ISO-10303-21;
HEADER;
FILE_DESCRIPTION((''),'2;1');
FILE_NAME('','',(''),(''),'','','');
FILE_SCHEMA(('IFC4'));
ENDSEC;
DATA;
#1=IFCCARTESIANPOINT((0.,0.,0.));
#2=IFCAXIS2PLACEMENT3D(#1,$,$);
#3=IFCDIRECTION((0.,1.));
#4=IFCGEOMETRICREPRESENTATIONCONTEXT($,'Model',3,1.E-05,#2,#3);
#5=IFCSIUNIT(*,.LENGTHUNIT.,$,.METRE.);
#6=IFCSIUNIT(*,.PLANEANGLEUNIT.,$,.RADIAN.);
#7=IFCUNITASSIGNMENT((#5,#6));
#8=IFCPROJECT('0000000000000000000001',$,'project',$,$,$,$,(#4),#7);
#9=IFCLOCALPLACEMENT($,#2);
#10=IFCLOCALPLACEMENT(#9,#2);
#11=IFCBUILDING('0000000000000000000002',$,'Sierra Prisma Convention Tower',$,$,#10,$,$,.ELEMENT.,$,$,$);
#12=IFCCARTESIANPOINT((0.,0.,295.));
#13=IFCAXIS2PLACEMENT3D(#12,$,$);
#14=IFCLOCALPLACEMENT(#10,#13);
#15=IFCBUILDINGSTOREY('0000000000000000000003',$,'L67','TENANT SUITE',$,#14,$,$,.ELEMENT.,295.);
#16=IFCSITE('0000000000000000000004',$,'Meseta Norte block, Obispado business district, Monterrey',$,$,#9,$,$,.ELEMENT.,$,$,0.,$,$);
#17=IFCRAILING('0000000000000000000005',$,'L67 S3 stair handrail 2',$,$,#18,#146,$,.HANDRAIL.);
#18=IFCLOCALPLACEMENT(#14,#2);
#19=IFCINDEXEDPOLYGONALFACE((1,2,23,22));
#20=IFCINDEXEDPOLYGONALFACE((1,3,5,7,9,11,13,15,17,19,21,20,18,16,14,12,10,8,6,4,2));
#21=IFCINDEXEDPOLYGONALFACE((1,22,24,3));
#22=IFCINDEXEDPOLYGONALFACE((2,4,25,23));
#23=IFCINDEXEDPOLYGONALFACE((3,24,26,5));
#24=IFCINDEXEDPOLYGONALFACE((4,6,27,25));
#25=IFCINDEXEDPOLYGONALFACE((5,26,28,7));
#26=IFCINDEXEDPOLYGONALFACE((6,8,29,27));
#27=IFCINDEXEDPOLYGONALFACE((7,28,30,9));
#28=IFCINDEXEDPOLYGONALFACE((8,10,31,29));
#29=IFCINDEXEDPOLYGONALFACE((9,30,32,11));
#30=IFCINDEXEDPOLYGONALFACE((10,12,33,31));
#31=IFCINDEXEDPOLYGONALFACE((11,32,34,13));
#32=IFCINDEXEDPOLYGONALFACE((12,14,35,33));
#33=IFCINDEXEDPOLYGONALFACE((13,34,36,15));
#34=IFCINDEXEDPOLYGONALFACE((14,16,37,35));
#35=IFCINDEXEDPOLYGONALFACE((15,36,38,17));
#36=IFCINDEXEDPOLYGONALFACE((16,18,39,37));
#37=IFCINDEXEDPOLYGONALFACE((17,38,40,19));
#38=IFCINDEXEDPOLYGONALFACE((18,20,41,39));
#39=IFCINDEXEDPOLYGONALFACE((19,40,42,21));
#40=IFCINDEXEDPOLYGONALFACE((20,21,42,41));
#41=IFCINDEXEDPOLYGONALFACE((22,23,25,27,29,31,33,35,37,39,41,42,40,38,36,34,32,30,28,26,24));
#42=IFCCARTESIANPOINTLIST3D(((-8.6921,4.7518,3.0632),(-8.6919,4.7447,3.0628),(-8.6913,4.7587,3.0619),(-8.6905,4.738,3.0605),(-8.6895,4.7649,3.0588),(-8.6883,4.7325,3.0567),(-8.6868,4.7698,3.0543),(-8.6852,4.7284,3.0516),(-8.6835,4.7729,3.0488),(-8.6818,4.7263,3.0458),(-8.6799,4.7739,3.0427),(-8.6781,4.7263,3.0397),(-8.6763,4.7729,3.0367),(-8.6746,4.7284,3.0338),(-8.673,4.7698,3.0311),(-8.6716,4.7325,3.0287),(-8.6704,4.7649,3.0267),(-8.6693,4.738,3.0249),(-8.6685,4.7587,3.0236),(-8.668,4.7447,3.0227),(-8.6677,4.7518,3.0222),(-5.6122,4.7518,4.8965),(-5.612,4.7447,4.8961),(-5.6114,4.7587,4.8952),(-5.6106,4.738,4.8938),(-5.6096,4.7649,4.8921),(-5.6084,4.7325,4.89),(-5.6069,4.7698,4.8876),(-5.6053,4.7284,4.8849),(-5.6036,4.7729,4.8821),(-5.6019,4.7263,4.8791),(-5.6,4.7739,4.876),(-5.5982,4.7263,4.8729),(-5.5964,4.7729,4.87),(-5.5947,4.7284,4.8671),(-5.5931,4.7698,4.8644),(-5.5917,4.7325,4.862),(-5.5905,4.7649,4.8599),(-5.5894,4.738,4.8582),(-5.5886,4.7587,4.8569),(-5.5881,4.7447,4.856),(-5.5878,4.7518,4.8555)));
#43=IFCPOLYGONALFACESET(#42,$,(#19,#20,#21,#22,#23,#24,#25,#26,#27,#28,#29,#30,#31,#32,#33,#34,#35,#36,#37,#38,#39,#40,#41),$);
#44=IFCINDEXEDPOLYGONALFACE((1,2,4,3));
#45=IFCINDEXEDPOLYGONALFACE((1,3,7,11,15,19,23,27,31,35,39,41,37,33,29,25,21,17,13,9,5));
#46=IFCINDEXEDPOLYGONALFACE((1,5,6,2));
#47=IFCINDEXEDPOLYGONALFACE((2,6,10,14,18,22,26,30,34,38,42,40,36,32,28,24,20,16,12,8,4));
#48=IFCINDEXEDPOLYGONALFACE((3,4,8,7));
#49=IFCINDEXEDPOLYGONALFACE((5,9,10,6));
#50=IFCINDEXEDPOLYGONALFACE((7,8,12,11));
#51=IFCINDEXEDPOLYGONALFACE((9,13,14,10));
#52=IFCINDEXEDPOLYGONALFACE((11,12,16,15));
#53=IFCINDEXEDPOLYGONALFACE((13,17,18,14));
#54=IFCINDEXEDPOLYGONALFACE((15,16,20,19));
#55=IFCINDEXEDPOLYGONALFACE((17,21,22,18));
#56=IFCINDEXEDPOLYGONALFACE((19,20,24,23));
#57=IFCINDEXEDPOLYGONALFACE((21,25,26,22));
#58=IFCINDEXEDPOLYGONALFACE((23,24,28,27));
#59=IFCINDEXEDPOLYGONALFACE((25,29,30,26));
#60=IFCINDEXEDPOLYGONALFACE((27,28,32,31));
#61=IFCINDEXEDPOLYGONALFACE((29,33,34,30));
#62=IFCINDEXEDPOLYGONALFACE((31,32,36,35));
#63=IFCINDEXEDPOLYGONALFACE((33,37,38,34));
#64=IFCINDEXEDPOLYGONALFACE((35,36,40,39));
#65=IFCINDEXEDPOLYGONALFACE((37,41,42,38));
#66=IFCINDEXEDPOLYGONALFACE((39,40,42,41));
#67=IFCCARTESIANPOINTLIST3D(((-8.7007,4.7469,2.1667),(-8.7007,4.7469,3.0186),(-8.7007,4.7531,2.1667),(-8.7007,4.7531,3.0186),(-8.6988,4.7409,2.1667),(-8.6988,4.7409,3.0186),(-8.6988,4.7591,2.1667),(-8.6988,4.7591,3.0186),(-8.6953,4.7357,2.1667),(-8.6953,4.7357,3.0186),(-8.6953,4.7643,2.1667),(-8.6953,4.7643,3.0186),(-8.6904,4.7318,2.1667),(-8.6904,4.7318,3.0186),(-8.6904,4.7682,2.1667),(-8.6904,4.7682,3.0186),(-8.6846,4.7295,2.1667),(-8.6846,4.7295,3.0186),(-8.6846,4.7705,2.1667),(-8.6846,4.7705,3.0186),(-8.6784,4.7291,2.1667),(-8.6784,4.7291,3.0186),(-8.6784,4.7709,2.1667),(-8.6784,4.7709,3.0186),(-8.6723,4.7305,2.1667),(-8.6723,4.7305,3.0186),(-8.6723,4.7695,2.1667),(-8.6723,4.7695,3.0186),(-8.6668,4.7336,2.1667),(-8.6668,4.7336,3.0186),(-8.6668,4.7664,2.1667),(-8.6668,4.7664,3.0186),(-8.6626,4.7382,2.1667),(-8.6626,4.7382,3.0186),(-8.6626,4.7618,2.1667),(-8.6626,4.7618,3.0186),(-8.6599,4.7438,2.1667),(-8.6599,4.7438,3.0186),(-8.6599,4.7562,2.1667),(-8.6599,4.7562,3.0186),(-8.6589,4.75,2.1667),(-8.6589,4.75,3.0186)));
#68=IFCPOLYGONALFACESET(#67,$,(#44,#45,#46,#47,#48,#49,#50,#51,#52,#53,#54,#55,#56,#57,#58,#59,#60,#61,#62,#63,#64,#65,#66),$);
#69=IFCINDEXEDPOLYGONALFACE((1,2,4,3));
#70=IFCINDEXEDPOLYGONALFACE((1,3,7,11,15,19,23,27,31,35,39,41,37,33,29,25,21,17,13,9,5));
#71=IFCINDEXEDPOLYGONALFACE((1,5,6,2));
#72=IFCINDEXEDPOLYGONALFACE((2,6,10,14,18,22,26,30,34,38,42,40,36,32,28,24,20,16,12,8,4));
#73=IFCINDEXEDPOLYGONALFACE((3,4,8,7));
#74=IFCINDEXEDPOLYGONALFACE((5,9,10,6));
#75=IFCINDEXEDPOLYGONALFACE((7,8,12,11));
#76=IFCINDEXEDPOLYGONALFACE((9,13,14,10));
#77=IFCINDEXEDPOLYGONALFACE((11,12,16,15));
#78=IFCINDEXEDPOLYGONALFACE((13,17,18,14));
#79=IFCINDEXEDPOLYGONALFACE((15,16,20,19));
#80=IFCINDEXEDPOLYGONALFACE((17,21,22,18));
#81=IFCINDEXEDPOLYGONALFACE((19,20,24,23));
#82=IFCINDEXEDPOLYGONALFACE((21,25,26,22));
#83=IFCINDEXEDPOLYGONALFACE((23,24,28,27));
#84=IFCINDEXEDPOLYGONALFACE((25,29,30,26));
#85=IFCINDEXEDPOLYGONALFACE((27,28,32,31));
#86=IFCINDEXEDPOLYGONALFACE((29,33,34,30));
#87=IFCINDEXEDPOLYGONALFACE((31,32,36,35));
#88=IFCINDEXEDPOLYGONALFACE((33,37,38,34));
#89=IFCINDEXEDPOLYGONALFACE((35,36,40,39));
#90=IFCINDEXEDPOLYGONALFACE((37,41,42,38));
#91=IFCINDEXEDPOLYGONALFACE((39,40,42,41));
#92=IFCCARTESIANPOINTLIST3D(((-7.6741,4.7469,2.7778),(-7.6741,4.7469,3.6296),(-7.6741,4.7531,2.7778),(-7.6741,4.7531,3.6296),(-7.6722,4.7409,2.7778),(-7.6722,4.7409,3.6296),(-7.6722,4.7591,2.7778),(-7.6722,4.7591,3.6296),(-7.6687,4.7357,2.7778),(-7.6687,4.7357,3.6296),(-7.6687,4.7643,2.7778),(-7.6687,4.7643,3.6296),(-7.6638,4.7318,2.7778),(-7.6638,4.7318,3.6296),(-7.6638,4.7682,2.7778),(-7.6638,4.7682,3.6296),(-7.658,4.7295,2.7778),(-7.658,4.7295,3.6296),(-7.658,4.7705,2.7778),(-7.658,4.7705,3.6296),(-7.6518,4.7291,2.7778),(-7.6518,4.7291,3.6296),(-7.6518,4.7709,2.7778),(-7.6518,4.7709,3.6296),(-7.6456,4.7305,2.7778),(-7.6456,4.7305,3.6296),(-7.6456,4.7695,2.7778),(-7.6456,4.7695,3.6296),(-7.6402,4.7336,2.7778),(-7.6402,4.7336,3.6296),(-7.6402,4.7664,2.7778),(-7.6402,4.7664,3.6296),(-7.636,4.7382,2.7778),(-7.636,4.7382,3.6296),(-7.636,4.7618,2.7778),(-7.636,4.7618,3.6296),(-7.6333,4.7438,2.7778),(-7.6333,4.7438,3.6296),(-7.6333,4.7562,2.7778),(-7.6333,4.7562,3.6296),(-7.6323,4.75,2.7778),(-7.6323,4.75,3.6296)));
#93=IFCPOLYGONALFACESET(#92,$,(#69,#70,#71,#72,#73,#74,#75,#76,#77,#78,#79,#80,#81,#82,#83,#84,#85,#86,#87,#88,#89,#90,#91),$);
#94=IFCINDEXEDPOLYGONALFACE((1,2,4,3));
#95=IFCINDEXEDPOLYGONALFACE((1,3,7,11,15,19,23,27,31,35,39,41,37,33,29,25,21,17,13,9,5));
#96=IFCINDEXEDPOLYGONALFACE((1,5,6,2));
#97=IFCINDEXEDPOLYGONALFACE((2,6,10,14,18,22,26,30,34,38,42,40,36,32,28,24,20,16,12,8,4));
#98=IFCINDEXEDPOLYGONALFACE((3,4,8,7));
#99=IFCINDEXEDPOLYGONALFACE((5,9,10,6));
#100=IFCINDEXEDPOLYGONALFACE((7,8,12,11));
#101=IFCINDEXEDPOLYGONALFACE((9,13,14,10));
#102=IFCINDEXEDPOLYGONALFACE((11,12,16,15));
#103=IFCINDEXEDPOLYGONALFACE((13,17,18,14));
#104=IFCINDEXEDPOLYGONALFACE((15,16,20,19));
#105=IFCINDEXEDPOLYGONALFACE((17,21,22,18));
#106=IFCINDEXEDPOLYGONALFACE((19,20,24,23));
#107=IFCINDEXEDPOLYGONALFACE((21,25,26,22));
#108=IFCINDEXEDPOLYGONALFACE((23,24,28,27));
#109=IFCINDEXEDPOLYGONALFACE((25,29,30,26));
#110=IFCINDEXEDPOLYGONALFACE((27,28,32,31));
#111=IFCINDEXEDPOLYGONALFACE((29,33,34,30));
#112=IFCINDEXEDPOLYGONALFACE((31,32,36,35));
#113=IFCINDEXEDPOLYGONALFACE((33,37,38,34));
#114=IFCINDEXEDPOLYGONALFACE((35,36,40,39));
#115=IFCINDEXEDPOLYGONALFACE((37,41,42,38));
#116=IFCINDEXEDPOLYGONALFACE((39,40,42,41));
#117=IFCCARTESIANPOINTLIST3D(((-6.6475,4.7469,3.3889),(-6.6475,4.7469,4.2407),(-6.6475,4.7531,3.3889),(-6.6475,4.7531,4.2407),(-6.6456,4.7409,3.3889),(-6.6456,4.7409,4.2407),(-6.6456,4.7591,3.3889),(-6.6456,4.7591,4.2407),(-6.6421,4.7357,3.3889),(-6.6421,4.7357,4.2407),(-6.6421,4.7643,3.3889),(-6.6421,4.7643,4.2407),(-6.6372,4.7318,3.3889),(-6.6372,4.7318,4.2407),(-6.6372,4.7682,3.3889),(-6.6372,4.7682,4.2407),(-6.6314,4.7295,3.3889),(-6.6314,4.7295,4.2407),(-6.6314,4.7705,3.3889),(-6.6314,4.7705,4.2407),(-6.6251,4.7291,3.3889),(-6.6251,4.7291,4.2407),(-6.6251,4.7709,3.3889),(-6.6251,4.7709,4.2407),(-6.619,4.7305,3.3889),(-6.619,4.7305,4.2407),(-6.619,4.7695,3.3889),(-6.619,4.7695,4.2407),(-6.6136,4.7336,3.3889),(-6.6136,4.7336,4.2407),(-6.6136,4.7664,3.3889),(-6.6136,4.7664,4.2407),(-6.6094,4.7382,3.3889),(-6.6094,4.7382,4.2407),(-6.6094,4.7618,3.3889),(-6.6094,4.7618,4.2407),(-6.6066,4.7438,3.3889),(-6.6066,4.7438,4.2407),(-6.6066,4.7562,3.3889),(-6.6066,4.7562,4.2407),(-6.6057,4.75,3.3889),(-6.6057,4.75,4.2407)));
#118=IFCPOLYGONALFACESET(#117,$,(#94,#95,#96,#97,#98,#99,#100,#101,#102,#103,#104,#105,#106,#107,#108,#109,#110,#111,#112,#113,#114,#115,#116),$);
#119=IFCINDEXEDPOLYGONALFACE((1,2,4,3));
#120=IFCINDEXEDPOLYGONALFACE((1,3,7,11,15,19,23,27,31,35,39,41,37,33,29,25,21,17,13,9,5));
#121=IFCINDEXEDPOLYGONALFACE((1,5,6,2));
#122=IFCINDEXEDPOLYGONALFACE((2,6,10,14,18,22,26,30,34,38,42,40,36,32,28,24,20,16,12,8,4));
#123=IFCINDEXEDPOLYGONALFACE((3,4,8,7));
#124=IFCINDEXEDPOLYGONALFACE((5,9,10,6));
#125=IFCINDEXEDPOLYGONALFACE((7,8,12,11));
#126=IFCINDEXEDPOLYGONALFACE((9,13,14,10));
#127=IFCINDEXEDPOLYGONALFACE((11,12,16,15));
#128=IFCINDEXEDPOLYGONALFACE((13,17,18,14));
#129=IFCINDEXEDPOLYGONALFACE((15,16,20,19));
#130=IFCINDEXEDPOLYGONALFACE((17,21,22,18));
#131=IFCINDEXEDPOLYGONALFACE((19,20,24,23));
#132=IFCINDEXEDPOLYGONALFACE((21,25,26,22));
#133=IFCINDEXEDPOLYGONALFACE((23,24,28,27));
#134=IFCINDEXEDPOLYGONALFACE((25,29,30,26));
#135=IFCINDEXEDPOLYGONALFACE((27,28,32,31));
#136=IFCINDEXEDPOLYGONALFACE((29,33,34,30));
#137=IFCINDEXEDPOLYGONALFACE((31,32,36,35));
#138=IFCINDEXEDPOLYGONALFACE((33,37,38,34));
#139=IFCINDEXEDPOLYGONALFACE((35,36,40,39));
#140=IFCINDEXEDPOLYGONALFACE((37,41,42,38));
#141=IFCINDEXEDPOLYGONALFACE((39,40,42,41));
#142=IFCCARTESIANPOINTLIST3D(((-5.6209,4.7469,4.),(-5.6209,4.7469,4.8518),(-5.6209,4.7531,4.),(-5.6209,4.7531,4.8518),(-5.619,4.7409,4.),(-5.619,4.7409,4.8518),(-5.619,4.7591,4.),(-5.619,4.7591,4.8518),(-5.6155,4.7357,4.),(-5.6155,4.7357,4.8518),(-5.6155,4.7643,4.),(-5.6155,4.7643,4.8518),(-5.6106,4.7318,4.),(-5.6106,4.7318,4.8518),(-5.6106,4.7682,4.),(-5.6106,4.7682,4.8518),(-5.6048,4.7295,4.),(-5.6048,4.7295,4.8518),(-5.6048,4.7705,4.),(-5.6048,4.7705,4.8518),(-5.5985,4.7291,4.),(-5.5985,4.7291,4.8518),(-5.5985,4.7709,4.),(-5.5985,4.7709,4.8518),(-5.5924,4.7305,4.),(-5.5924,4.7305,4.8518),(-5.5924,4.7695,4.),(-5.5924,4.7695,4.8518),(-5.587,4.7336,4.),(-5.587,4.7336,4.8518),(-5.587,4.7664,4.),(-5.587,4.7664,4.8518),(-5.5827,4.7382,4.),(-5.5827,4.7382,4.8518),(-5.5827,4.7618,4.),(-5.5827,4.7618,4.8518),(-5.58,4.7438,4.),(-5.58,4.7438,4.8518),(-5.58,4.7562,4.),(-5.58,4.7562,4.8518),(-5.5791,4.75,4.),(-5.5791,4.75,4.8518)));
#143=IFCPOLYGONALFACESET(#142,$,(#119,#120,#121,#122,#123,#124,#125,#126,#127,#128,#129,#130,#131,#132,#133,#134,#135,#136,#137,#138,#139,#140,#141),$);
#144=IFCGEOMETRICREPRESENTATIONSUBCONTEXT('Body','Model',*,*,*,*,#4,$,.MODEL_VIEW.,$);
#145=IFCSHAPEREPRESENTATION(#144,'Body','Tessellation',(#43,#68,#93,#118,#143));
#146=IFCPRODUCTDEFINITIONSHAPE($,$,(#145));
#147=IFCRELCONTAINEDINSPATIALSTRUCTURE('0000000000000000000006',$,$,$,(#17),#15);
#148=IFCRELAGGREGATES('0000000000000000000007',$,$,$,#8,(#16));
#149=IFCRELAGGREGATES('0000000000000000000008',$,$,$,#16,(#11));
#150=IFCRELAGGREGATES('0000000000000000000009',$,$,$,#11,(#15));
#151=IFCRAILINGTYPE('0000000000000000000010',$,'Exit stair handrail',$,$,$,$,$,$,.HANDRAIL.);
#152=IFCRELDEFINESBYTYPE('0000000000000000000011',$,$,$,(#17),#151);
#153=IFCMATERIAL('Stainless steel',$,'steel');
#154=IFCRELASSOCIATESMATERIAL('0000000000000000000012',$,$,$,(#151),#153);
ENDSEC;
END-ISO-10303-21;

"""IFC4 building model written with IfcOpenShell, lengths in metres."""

from ifc_helpers import new_model, si_unit, direction, frame, origin, origin_2d, place, context, subcontext, project, spatial, circle, extrude, material, type_object, element, save


model = new_model("IFC4")

# Units and contexts
model_context = context("Model", 3, precision=1e-05, world=origin(), true_north=direction((0.0, 1.0)))
body_context = subcontext(model_context, "Body", "Model", "MODEL_VIEW")
ifc_project = project(units=[si_unit("LENGTHUNIT", "METRE"), si_unit("PLANEANGLEUNIT", "RADIAN")], contexts=[model_context])

# Site, building, storey
site_placement = place(None, origin())
site = spatial("IfcSite", under=ifc_project, at=site_placement, Name="Meseta Norte block, Obispado business district, Monterrey", CompositionType="ELEMENT", RefElevation=0.0)
building_placement = place(site_placement, origin())
building = spatial("IfcBuilding", under=site, at=building_placement, Name="Sierra Prisma Convention Tower", CompositionType="ELEMENT")
storey_placement = place(building_placement, frame((0.0, 0.0, 295.0)))
storey = spatial("IfcBuildingStorey", under=building, at=storey_placement, Name="L67", Description="TENANT SUITE", CompositionType="ELEMENT", Elevation=295.0)

# Railing
ifc_material_1 = material(Name="Stainless steel", Category="steel")
railing_type_1 = type_object("IfcRailingType", Name="Exit stair handrail", PredefinedType="HANDRAIL", material=ifc_material_1)
railing_1_placement = place(storey_placement, frame((-8.6799, 4.75, 2.1667)))
element("IfcRailing", 1, at=railing_1_placement, inside=storey, type_object=railing_type_1, Name="L67 S3 stair handrail 2", PredefinedType="HANDRAIL", context=body_context, shape_type="SweptSolid", body=[
    extrude(circle(Radius=0.0239, at=origin_2d()), frame((0.0, 0.0, 0.876), z_axis=(0.859291, 0.0, 0.511487), x_axis=(0.0, 1.0, 0.0)), (0.0, 0.0, 1.0), 3.5842),
    extrude(circle(Radius=0.021, at=origin_2d()), origin(), (0.0, 0.0, 1.0), 0.8518),
    extrude(circle(Radius=0.021, at=origin_2d()), frame((1.0266, 0.0, 0.6111)), (0.0, 0.0, 1.0), 0.8518),
    extrude(circle(Radius=0.021, at=origin_2d()), frame((2.0532, 0.0, 1.2222)), (0.0, 0.0, 1.0), 0.8518),
    extrude(circle(Radius=0.021, at=origin_2d()), frame((3.0798, 0.0, 1.8333)), (0.0, 0.0, 1.0), 0.8518),
])

save(model, "model.ifc")
